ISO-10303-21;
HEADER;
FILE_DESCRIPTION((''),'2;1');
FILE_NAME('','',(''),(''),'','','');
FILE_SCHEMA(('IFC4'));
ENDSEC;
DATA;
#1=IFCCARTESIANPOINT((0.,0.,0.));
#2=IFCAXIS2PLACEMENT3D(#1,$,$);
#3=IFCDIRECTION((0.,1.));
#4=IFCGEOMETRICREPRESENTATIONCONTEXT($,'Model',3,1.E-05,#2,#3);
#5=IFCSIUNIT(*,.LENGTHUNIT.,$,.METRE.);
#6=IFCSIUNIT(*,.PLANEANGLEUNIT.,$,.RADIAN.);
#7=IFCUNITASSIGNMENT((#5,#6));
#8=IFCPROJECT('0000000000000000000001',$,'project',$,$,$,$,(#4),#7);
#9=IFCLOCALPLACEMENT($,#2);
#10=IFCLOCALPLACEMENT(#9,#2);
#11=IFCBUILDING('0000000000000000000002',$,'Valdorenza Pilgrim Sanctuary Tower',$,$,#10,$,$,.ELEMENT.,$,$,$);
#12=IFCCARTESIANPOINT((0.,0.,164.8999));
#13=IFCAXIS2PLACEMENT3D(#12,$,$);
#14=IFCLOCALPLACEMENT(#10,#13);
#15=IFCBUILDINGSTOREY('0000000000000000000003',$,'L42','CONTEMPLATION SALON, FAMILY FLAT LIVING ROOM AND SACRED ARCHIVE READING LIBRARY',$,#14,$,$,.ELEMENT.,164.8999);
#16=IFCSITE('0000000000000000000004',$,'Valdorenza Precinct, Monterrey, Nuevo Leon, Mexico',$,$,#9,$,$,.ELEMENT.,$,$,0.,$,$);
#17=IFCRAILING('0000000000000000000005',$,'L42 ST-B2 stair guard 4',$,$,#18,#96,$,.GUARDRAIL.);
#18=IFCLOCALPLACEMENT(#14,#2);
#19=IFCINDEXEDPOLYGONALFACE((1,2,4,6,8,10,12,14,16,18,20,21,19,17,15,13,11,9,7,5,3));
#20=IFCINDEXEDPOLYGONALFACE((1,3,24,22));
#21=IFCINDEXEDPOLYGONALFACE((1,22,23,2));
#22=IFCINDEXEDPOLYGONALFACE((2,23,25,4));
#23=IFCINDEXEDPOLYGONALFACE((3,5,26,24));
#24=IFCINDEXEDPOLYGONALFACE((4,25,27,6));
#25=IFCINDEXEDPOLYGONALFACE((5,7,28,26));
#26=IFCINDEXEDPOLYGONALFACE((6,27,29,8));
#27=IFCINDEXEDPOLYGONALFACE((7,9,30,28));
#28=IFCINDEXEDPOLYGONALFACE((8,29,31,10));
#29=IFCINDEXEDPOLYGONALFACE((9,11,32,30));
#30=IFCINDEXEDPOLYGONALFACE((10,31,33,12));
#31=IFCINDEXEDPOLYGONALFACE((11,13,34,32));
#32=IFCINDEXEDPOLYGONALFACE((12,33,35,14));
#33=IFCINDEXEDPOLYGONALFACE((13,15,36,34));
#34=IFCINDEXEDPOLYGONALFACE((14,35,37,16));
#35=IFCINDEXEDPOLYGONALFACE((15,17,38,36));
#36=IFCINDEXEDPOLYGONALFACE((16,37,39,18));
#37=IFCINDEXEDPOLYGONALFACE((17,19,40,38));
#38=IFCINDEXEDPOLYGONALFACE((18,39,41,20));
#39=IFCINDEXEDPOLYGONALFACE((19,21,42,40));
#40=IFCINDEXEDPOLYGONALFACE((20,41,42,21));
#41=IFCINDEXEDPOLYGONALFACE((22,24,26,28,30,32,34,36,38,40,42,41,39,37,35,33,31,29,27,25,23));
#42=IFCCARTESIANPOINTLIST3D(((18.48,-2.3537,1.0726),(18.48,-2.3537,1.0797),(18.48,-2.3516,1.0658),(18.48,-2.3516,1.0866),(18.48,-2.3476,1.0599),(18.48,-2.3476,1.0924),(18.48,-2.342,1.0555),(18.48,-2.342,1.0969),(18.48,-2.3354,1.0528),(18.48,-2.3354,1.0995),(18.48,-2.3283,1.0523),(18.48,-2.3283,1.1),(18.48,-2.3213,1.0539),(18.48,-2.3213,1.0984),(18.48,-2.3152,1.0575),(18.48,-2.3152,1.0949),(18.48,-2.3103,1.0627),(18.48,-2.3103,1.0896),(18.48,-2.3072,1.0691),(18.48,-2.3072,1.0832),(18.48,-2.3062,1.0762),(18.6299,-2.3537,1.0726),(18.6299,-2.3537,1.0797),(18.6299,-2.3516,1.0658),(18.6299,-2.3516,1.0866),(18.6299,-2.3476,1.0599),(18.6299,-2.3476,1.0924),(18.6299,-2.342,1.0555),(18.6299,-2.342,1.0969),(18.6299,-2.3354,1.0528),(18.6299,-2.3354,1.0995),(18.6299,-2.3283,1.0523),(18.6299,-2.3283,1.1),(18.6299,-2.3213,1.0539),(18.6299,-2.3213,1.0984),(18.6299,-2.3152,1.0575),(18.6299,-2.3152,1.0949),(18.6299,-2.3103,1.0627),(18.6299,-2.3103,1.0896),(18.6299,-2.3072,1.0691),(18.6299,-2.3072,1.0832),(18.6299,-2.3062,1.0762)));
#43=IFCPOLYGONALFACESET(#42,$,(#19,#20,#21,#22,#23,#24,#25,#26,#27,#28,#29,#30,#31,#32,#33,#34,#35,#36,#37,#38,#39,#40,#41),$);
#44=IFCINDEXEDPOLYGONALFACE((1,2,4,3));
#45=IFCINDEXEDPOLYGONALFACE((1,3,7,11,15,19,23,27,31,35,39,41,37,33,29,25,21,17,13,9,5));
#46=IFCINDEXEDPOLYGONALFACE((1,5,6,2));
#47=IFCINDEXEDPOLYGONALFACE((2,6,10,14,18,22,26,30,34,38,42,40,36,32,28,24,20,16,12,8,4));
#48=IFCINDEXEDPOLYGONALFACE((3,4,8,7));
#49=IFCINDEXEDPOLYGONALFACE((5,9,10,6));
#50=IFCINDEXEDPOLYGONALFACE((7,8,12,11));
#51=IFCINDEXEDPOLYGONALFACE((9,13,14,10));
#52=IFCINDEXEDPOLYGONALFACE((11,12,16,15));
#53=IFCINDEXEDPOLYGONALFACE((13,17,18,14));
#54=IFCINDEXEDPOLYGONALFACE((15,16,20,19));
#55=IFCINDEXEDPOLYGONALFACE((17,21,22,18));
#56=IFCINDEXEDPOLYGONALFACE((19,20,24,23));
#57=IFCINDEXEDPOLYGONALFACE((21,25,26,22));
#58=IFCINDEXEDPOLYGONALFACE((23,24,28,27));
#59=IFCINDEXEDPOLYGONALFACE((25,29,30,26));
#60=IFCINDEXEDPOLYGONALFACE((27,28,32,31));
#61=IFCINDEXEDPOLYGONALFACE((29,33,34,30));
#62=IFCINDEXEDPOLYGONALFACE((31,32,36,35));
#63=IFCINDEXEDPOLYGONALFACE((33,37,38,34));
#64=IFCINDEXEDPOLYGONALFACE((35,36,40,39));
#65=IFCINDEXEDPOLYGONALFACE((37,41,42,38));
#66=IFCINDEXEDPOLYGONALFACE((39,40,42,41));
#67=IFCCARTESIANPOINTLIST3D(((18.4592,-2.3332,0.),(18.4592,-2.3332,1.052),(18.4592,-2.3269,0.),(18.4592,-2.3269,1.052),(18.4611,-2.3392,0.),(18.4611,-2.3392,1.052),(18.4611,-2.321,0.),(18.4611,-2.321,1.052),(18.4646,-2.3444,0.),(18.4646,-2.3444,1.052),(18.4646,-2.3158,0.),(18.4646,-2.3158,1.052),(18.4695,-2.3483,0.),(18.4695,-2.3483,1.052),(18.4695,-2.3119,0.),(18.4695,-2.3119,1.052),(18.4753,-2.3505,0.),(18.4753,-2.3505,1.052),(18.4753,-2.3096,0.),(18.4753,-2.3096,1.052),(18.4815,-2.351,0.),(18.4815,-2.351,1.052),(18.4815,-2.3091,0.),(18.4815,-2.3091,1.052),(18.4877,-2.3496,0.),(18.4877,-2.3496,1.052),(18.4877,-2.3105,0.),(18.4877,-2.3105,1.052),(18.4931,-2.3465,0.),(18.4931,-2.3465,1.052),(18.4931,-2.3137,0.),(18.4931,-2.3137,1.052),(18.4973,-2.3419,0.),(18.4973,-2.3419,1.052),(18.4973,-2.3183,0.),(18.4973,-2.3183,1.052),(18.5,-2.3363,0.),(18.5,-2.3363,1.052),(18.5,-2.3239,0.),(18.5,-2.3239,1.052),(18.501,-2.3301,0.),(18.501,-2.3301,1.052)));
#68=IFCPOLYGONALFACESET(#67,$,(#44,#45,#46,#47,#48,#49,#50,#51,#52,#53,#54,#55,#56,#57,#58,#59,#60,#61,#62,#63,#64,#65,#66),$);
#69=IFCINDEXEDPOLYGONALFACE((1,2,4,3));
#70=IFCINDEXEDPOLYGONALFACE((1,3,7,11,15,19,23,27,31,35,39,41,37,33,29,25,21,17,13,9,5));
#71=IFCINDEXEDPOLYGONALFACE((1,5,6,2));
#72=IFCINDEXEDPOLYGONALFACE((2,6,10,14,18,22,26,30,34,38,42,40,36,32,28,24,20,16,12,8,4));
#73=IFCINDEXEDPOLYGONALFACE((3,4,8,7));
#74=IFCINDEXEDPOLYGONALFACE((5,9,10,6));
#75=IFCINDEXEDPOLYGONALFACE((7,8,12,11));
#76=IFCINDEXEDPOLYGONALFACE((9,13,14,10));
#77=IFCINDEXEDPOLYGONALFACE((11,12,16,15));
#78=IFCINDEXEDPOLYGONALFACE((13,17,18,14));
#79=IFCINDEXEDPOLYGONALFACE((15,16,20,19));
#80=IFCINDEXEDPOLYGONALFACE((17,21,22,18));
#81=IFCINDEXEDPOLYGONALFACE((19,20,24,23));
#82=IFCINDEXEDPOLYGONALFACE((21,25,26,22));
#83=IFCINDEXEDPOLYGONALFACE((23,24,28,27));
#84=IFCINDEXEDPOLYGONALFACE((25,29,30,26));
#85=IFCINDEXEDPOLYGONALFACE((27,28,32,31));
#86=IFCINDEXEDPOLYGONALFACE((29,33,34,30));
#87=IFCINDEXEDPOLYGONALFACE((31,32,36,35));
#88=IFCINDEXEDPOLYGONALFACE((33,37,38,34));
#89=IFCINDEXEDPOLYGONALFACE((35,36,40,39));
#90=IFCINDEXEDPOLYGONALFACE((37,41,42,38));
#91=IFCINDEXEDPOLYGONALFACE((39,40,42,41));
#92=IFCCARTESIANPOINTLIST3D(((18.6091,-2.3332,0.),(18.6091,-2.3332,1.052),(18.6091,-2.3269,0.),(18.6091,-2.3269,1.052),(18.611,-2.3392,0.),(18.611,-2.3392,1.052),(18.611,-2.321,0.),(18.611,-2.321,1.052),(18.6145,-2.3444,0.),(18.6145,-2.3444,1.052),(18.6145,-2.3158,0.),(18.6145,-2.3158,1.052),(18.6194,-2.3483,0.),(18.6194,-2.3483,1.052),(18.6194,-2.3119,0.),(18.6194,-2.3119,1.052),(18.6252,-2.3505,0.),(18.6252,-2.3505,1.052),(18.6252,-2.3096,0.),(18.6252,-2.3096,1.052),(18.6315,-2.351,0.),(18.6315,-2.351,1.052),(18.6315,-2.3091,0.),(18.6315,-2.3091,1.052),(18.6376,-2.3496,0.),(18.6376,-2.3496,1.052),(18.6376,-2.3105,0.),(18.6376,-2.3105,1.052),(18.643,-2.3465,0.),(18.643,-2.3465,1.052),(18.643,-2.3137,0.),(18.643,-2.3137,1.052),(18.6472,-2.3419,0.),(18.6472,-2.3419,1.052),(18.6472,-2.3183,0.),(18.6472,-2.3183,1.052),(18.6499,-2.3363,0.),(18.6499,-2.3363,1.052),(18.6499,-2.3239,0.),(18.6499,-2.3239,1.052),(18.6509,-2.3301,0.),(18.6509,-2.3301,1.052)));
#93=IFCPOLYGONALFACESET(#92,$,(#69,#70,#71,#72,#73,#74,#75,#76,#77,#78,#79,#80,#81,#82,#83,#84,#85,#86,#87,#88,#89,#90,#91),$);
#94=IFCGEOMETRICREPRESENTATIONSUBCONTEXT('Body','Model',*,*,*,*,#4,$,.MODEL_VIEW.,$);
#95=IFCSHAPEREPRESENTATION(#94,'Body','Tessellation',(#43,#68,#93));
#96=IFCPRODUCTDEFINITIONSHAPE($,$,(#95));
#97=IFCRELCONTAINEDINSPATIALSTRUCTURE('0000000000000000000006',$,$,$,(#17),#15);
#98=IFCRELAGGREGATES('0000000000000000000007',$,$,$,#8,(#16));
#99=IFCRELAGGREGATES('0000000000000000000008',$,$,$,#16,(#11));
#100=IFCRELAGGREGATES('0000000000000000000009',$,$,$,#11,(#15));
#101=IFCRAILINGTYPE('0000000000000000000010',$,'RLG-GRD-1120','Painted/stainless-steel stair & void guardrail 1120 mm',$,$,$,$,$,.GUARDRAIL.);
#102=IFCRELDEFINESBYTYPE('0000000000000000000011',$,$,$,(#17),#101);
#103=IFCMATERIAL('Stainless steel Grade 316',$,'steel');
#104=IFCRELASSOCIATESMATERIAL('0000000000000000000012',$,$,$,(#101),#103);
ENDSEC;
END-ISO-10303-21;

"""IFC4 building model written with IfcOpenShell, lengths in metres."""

from ifc_helpers import new_model, si_unit, direction, frame, origin, origin_2d, place, context, subcontext, project, spatial, circle, extrude, material, type_object, element, save


model = new_model("IFC4")

# Units and contexts
model_context = context("Model", 3, precision=1e-05, world=origin(), true_north=direction((0.0, 1.0)))
body_context = subcontext(model_context, "Body", "Model", "MODEL_VIEW")
ifc_project = project(units=[si_unit("LENGTHUNIT", "METRE"), si_unit("PLANEANGLEUNIT", "RADIAN")], contexts=[model_context])

# Site, building, storey
site_placement = place(None, origin())
site = spatial("IfcSite", under=ifc_project, at=site_placement, Name="Valdorenza Precinct, Monterrey, Nuevo Leon, Mexico", CompositionType="ELEMENT", RefElevation=0.0)
building_placement = place(site_placement, origin())
building = spatial("IfcBuilding", under=site, at=building_placement, Name="Valdorenza Pilgrim Sanctuary Tower", CompositionType="ELEMENT")
storey_placement = place(building_placement, frame((0.0, 0.0, 164.8999)))
storey = spatial("IfcBuildingStorey", under=building, at=storey_placement, Name="L42", Description="CONTEMPLATION SALON, FAMILY FLAT LIVING ROOM AND SACRED ARCHIVE READING LIBRARY", CompositionType="ELEMENT", Elevation=164.8999)

# Railing
ifc_material_1 = material(Name="Stainless steel Grade 316", Category="steel")
railing_type_1 = type_object("IfcRailingType", Name="RLG-GRD-1120", Description="Painted/stainless-steel stair & void guardrail 1120 mm", PredefinedType="GUARDRAIL", material=ifc_material_1)
railing_1_placement = place(storey_placement, frame((18.48, -2.3301, 0.0)))
element("IfcRailing", 1, at=railing_1_placement, inside=storey, type_object=railing_type_1, Name="L42 ST-B2 stair guard 4", PredefinedType="GUARDRAIL", context=body_context, shape_type="SweptSolid", body=[
    extrude(circle(Radius=0.0239, at=origin_2d()), frame((0.0, 0.0, 1.0762), z_axis=(1.0, 0.0, 0.0), x_axis=(0.0, 1.0, 0.0)), (0.0, 0.0, 1.0), 0.1499),
    extrude(circle(Radius=0.021, at=origin_2d()), origin(), (0.0, 0.0, 1.0), 1.052),
    extrude(circle(Radius=0.021, at=origin_2d()), frame((0.1499, 0.0, 0.0)), (0.0, 0.0, 1.0), 1.052),
])

save(model, "model.ifc")
